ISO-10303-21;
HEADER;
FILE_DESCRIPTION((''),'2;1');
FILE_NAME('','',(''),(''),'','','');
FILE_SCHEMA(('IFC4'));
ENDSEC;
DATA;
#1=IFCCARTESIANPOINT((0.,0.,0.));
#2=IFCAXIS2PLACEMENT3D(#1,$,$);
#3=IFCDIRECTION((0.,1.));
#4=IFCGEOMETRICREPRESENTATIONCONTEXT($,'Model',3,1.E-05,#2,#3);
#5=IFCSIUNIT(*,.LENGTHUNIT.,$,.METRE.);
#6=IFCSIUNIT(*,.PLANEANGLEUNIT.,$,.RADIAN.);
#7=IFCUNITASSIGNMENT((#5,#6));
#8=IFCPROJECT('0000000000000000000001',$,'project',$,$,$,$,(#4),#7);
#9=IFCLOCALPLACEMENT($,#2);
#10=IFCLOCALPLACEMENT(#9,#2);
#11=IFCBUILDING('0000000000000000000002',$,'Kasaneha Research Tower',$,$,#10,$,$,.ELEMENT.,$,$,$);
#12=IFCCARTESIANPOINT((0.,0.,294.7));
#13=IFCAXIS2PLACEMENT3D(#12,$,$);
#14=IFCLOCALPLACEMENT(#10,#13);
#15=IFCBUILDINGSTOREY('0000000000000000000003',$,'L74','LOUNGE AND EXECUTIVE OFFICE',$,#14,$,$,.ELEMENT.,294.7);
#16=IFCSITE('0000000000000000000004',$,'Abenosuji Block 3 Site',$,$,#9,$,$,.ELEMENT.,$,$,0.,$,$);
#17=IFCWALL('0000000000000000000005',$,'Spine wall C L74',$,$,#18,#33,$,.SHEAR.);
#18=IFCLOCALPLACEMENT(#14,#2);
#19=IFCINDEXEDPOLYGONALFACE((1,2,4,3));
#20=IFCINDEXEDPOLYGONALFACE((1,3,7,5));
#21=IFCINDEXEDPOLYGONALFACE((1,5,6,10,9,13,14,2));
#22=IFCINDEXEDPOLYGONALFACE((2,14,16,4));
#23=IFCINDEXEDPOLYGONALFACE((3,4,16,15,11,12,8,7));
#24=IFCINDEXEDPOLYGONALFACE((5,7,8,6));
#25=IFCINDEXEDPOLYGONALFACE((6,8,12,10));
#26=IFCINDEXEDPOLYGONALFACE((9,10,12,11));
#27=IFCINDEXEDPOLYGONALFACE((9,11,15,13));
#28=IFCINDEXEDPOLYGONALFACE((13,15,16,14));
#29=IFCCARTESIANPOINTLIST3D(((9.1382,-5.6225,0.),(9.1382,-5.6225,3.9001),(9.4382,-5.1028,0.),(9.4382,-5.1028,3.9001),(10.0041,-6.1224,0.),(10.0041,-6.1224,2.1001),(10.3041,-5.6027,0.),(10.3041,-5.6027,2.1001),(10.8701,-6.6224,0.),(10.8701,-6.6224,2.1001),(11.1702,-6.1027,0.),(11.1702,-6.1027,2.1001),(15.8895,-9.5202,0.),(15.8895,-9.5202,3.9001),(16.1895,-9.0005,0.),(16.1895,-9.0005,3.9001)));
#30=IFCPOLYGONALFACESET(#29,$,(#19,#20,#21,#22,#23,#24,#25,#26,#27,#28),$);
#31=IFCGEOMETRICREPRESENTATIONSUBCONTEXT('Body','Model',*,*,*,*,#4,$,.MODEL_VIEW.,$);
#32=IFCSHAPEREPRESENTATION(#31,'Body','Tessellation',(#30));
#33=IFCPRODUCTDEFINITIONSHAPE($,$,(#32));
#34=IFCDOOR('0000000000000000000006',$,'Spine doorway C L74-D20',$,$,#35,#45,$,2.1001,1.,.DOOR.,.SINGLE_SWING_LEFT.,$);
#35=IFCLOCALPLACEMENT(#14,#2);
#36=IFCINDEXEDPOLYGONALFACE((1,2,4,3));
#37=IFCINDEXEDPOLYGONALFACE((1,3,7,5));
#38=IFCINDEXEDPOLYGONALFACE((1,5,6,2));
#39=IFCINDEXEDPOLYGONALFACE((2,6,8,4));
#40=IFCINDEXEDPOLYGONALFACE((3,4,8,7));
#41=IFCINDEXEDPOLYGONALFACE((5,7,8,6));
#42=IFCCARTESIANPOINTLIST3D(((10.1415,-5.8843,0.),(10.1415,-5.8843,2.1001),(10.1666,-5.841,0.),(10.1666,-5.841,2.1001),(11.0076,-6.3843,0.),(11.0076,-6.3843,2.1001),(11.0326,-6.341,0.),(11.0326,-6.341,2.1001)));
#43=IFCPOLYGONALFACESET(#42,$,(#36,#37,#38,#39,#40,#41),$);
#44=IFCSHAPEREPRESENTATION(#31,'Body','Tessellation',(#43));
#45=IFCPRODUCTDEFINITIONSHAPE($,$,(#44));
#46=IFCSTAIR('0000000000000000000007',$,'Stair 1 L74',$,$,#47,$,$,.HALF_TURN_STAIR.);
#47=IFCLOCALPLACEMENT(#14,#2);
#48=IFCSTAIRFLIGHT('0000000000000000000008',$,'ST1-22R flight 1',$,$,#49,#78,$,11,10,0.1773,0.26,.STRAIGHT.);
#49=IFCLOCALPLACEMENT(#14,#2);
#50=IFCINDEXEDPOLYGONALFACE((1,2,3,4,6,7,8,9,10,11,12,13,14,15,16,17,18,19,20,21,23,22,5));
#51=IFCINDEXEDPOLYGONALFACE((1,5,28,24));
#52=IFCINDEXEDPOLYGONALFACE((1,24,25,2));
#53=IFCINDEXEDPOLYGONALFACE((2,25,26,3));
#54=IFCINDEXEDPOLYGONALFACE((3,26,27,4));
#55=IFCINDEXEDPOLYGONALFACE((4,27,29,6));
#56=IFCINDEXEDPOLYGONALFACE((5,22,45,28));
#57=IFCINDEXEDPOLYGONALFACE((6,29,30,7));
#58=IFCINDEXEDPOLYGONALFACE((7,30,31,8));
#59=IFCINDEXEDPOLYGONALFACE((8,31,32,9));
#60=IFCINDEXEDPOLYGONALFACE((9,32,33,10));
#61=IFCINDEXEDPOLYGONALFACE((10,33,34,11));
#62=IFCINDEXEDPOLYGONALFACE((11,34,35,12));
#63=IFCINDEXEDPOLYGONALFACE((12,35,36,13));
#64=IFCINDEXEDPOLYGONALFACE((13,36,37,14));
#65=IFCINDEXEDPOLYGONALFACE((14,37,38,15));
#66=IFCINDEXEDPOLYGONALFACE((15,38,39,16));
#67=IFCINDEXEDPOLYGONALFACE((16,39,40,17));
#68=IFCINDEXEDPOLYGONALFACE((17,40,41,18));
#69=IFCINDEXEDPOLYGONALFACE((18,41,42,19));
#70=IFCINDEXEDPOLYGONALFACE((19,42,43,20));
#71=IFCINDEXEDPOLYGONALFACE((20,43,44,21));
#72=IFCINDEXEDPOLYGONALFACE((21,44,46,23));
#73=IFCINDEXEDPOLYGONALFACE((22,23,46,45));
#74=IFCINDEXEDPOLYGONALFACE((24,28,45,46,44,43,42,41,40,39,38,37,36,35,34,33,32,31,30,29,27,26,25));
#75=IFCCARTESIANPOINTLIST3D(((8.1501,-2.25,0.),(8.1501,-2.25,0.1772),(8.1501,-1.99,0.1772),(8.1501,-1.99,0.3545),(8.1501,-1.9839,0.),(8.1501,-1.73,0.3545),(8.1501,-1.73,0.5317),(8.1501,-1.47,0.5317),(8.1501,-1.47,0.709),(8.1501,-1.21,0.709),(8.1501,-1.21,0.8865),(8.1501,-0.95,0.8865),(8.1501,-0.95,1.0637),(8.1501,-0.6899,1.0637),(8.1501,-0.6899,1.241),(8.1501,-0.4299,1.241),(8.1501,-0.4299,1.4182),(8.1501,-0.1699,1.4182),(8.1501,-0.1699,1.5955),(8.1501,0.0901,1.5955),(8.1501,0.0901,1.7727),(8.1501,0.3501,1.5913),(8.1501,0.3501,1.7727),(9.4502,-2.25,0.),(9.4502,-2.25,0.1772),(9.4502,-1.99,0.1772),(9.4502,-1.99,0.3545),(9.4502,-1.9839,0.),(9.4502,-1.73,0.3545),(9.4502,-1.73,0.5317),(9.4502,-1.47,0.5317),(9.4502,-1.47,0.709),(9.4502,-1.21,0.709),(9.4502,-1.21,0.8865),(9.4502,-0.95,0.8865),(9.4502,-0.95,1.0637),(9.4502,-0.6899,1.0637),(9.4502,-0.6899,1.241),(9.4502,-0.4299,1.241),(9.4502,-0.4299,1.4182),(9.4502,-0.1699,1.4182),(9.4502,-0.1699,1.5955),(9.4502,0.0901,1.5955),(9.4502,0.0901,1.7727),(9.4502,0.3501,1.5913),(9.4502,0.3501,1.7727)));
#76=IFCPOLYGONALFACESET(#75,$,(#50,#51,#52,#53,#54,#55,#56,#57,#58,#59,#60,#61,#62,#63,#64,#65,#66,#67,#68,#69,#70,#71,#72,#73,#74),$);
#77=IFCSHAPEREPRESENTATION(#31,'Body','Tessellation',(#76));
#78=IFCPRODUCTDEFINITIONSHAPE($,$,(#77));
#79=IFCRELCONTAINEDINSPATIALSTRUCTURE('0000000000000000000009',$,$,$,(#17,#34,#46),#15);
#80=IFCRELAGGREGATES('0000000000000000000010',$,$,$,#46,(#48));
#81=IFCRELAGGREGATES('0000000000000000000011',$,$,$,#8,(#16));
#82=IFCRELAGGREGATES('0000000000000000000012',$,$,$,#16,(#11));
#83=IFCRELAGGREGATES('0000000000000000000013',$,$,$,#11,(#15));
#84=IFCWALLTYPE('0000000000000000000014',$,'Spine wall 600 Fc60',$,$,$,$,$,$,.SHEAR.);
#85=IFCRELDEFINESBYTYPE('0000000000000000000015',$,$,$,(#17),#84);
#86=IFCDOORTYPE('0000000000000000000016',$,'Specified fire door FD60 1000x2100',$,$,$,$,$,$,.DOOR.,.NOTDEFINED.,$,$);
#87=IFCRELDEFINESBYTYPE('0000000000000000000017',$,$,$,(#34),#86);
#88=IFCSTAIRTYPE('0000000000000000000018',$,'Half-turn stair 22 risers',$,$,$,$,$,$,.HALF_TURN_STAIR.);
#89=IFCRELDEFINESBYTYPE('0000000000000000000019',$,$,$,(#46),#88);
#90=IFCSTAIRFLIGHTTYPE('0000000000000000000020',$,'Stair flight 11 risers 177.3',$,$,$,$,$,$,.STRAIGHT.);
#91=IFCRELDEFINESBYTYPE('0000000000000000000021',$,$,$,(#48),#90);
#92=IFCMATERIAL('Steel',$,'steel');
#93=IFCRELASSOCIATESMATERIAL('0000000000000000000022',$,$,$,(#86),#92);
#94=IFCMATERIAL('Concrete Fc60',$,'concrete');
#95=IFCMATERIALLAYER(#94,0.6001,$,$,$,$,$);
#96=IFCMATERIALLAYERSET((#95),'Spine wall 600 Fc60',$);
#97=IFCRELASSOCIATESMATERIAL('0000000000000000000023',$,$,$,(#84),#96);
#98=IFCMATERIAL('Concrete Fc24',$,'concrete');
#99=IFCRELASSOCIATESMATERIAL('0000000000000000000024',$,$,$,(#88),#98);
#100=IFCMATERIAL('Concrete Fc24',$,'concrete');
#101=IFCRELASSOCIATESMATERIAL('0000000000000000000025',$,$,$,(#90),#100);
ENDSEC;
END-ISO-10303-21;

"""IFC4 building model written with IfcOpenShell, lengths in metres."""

from ifc_helpers import new_model, si_unit, direction, frame, frame_2d, origin, place, context, subcontext, project, spatial, polyline, rectangle, outline, extrude, material, layer, layer_set, type_object, element, fill, aggregate, save


model = new_model("IFC4")

# Units and contexts
model_context = context("Model", 3, precision=1e-05, world=origin(), true_north=direction((0.0, 1.0)))
body_context = subcontext(model_context, "Body", "Model", "MODEL_VIEW")
ifc_project = project(units=[si_unit("LENGTHUNIT", "METRE"), si_unit("PLANEANGLEUNIT", "RADIAN")], contexts=[model_context])

# Site, building, storey
site_placement = place(None, origin())
site = spatial("IfcSite", under=ifc_project, at=site_placement, Name="Abenosuji Block 3 Site", CompositionType="ELEMENT", RefElevation=0.0)
building_placement = place(site_placement, origin())
building = spatial("IfcBuilding", under=site, at=building_placement, Name="Kasaneha Research Tower", CompositionType="ELEMENT")
storey_placement = place(building_placement, frame((0.0, 0.0, 294.7)))
storey = spatial("IfcBuildingStorey", under=building, at=storey_placement, Name="L74", Description="LOUNGE AND EXECUTIVE OFFICE", CompositionType="ELEMENT", Elevation=294.7)

# Shared definitions
ifc_material_1 = material(Name="Steel", Category="steel")
door_type_1 = type_object("IfcDoorType", Name="Specified fire door FD60 1000x2100", OperationType="NOTDEFINED", PredefinedType="DOOR", material=ifc_material_1)

# Wall, opening, door
ifc_material_2 = material(Name="Concrete Fc60", Category="concrete")
ifc_layer_1 = layer(ifc_material_2, 0.6001)
ifc_layer_set_1 = layer_set([ifc_layer_1], Name="Spine wall 600 Fc60")
wall_type_1 = type_object("IfcWallType", Name="Spine wall 600 Fc60", PredefinedType="SHEAR", material=ifc_layer_set_1)
wall_1_placement = place(storey_placement, frame((9.2881, -5.3625, 0.0), z_axis=(0.0, 0.0, 1.0), x_axis=(0.866032, -0.499989, 0.0)))
wall_1 = element("IfcWall", 1, at=wall_1_placement, inside=storey, type_object=wall_type_1, Name="Spine wall C L74", PredefinedType="SHEAR", context=body_context, shape_type="SweptSolid", body=[
    extrude(rectangle(XDim=7.7957, YDim=0.6001, at=frame_2d((3.8979, 0.0))), origin(), (0.0, 0.0, 1.0), 3.9001),
])
opening_1_placement = place(wall_1_placement, frame((1.0, 0.0, 0.0)))
opening_1 = element("IfcOpeningElement", 2, at=opening_1_placement, cuts=wall_1, PredefinedType="OPENING", context=body_context, shape_type="SweptSolid", body=[
    extrude(rectangle(XDim=1.0, YDim=2.1001, at=frame_2d((0.5, 1.05))), frame((0.0, 0.3101, 0.0), z_axis=(0.0, -1.0, 0.0), x_axis=(1.0, 0.0, 0.0)), (0.0, 0.0, 1.0), 0.6201),
])
door_1_placement = place(opening_1_placement, origin())
door_1 = element("IfcDoor", 3, at=door_1_placement, inside=storey, type_object=door_type_1, Name="Spine doorway C L74-D20", OperationType="SINGLE_SWING_LEFT", OverallHeight=2.1001, OverallWidth=1.0, PredefinedType="DOOR", context=body_context, shape_type="SweptSolid", body=[
    extrude(rectangle(XDim=1.0, YDim=2.1001, at=frame_2d((0.5, 1.05))), frame((0.0, 0.0249, 0.0), z_axis=(0.0, -1.0, 0.0), x_axis=(1.0, 0.0, 0.0)), (0.0, 0.0, 1.0), 0.05),
])
fill(opening_1, door_1)

# Stair, stair flight
ifc_material_3 = material(Name="Concrete Fc24", Category="concrete")
stair_type = type_object("IfcStairType", Name="Half-turn stair 22 risers", PredefinedType="HALF_TURN_STAIR", material=ifc_material_3)
stair_placement = place(storey_placement, origin())
stair = element("IfcStair", 4, at=stair_placement, inside=storey, type_object=stair_type, Name="Stair 1 L74", PredefinedType="HALF_TURN_STAIR")
ifc_material_4 = material(Name="Concrete Fc24", Category="concrete")
stair_flight_type = type_object("IfcStairFlightType", Name="Stair flight 11 risers 177.3", PredefinedType="STRAIGHT", material=ifc_material_4)
stair_flight_placement = place(storey_placement, frame((8.8, -2.25, 0.0), z_axis=(0.0, 0.0, 1.0), x_axis=(0.0, 1.0, 0.0)))
stair_flight = element("IfcStairFlight", 5, at=stair_flight_placement, type_object=stair_flight_type, Name="ST1-22R flight 1", NumberOfRisers=11, NumberOfTreads=10, PredefinedType="STRAIGHT", RiserHeight=0.1773, TreadLength=0.26, context=body_context, shape_type="SweptSolid", body=[
    extrude(outline(polyline([(0.0, 0.0), (0.0, 0.1772), (0.26, 0.1772), (0.26, 0.3545), (0.52, 0.3545), (0.52, 0.5317), (0.78, 0.5317), (0.78, 0.709), (1.04, 0.709), (1.04, 0.8865), (1.3, 0.8865), (1.3, 1.0637), (1.5601, 1.0637), (1.5601, 1.241), (1.8201, 1.241), (1.8201, 1.4182), (2.0801, 1.4182), (2.0801, 1.5955), (2.3401, 1.5955), (2.3401, 1.7727), (2.6001, 1.7727), (2.6001, 1.95), (2.6001, 1.5913), (0.2661, 0.0), (0.0, 0.0)])), frame((0.0, 0.6499, 0.0), z_axis=(0.0, -1.0, 0.0), x_axis=(1.0, 0.0, 0.0)), (0.0, 0.0, 1.0), 1.3),
])
aggregate(stair, [stair_flight])

save(model, "model.ifc")
